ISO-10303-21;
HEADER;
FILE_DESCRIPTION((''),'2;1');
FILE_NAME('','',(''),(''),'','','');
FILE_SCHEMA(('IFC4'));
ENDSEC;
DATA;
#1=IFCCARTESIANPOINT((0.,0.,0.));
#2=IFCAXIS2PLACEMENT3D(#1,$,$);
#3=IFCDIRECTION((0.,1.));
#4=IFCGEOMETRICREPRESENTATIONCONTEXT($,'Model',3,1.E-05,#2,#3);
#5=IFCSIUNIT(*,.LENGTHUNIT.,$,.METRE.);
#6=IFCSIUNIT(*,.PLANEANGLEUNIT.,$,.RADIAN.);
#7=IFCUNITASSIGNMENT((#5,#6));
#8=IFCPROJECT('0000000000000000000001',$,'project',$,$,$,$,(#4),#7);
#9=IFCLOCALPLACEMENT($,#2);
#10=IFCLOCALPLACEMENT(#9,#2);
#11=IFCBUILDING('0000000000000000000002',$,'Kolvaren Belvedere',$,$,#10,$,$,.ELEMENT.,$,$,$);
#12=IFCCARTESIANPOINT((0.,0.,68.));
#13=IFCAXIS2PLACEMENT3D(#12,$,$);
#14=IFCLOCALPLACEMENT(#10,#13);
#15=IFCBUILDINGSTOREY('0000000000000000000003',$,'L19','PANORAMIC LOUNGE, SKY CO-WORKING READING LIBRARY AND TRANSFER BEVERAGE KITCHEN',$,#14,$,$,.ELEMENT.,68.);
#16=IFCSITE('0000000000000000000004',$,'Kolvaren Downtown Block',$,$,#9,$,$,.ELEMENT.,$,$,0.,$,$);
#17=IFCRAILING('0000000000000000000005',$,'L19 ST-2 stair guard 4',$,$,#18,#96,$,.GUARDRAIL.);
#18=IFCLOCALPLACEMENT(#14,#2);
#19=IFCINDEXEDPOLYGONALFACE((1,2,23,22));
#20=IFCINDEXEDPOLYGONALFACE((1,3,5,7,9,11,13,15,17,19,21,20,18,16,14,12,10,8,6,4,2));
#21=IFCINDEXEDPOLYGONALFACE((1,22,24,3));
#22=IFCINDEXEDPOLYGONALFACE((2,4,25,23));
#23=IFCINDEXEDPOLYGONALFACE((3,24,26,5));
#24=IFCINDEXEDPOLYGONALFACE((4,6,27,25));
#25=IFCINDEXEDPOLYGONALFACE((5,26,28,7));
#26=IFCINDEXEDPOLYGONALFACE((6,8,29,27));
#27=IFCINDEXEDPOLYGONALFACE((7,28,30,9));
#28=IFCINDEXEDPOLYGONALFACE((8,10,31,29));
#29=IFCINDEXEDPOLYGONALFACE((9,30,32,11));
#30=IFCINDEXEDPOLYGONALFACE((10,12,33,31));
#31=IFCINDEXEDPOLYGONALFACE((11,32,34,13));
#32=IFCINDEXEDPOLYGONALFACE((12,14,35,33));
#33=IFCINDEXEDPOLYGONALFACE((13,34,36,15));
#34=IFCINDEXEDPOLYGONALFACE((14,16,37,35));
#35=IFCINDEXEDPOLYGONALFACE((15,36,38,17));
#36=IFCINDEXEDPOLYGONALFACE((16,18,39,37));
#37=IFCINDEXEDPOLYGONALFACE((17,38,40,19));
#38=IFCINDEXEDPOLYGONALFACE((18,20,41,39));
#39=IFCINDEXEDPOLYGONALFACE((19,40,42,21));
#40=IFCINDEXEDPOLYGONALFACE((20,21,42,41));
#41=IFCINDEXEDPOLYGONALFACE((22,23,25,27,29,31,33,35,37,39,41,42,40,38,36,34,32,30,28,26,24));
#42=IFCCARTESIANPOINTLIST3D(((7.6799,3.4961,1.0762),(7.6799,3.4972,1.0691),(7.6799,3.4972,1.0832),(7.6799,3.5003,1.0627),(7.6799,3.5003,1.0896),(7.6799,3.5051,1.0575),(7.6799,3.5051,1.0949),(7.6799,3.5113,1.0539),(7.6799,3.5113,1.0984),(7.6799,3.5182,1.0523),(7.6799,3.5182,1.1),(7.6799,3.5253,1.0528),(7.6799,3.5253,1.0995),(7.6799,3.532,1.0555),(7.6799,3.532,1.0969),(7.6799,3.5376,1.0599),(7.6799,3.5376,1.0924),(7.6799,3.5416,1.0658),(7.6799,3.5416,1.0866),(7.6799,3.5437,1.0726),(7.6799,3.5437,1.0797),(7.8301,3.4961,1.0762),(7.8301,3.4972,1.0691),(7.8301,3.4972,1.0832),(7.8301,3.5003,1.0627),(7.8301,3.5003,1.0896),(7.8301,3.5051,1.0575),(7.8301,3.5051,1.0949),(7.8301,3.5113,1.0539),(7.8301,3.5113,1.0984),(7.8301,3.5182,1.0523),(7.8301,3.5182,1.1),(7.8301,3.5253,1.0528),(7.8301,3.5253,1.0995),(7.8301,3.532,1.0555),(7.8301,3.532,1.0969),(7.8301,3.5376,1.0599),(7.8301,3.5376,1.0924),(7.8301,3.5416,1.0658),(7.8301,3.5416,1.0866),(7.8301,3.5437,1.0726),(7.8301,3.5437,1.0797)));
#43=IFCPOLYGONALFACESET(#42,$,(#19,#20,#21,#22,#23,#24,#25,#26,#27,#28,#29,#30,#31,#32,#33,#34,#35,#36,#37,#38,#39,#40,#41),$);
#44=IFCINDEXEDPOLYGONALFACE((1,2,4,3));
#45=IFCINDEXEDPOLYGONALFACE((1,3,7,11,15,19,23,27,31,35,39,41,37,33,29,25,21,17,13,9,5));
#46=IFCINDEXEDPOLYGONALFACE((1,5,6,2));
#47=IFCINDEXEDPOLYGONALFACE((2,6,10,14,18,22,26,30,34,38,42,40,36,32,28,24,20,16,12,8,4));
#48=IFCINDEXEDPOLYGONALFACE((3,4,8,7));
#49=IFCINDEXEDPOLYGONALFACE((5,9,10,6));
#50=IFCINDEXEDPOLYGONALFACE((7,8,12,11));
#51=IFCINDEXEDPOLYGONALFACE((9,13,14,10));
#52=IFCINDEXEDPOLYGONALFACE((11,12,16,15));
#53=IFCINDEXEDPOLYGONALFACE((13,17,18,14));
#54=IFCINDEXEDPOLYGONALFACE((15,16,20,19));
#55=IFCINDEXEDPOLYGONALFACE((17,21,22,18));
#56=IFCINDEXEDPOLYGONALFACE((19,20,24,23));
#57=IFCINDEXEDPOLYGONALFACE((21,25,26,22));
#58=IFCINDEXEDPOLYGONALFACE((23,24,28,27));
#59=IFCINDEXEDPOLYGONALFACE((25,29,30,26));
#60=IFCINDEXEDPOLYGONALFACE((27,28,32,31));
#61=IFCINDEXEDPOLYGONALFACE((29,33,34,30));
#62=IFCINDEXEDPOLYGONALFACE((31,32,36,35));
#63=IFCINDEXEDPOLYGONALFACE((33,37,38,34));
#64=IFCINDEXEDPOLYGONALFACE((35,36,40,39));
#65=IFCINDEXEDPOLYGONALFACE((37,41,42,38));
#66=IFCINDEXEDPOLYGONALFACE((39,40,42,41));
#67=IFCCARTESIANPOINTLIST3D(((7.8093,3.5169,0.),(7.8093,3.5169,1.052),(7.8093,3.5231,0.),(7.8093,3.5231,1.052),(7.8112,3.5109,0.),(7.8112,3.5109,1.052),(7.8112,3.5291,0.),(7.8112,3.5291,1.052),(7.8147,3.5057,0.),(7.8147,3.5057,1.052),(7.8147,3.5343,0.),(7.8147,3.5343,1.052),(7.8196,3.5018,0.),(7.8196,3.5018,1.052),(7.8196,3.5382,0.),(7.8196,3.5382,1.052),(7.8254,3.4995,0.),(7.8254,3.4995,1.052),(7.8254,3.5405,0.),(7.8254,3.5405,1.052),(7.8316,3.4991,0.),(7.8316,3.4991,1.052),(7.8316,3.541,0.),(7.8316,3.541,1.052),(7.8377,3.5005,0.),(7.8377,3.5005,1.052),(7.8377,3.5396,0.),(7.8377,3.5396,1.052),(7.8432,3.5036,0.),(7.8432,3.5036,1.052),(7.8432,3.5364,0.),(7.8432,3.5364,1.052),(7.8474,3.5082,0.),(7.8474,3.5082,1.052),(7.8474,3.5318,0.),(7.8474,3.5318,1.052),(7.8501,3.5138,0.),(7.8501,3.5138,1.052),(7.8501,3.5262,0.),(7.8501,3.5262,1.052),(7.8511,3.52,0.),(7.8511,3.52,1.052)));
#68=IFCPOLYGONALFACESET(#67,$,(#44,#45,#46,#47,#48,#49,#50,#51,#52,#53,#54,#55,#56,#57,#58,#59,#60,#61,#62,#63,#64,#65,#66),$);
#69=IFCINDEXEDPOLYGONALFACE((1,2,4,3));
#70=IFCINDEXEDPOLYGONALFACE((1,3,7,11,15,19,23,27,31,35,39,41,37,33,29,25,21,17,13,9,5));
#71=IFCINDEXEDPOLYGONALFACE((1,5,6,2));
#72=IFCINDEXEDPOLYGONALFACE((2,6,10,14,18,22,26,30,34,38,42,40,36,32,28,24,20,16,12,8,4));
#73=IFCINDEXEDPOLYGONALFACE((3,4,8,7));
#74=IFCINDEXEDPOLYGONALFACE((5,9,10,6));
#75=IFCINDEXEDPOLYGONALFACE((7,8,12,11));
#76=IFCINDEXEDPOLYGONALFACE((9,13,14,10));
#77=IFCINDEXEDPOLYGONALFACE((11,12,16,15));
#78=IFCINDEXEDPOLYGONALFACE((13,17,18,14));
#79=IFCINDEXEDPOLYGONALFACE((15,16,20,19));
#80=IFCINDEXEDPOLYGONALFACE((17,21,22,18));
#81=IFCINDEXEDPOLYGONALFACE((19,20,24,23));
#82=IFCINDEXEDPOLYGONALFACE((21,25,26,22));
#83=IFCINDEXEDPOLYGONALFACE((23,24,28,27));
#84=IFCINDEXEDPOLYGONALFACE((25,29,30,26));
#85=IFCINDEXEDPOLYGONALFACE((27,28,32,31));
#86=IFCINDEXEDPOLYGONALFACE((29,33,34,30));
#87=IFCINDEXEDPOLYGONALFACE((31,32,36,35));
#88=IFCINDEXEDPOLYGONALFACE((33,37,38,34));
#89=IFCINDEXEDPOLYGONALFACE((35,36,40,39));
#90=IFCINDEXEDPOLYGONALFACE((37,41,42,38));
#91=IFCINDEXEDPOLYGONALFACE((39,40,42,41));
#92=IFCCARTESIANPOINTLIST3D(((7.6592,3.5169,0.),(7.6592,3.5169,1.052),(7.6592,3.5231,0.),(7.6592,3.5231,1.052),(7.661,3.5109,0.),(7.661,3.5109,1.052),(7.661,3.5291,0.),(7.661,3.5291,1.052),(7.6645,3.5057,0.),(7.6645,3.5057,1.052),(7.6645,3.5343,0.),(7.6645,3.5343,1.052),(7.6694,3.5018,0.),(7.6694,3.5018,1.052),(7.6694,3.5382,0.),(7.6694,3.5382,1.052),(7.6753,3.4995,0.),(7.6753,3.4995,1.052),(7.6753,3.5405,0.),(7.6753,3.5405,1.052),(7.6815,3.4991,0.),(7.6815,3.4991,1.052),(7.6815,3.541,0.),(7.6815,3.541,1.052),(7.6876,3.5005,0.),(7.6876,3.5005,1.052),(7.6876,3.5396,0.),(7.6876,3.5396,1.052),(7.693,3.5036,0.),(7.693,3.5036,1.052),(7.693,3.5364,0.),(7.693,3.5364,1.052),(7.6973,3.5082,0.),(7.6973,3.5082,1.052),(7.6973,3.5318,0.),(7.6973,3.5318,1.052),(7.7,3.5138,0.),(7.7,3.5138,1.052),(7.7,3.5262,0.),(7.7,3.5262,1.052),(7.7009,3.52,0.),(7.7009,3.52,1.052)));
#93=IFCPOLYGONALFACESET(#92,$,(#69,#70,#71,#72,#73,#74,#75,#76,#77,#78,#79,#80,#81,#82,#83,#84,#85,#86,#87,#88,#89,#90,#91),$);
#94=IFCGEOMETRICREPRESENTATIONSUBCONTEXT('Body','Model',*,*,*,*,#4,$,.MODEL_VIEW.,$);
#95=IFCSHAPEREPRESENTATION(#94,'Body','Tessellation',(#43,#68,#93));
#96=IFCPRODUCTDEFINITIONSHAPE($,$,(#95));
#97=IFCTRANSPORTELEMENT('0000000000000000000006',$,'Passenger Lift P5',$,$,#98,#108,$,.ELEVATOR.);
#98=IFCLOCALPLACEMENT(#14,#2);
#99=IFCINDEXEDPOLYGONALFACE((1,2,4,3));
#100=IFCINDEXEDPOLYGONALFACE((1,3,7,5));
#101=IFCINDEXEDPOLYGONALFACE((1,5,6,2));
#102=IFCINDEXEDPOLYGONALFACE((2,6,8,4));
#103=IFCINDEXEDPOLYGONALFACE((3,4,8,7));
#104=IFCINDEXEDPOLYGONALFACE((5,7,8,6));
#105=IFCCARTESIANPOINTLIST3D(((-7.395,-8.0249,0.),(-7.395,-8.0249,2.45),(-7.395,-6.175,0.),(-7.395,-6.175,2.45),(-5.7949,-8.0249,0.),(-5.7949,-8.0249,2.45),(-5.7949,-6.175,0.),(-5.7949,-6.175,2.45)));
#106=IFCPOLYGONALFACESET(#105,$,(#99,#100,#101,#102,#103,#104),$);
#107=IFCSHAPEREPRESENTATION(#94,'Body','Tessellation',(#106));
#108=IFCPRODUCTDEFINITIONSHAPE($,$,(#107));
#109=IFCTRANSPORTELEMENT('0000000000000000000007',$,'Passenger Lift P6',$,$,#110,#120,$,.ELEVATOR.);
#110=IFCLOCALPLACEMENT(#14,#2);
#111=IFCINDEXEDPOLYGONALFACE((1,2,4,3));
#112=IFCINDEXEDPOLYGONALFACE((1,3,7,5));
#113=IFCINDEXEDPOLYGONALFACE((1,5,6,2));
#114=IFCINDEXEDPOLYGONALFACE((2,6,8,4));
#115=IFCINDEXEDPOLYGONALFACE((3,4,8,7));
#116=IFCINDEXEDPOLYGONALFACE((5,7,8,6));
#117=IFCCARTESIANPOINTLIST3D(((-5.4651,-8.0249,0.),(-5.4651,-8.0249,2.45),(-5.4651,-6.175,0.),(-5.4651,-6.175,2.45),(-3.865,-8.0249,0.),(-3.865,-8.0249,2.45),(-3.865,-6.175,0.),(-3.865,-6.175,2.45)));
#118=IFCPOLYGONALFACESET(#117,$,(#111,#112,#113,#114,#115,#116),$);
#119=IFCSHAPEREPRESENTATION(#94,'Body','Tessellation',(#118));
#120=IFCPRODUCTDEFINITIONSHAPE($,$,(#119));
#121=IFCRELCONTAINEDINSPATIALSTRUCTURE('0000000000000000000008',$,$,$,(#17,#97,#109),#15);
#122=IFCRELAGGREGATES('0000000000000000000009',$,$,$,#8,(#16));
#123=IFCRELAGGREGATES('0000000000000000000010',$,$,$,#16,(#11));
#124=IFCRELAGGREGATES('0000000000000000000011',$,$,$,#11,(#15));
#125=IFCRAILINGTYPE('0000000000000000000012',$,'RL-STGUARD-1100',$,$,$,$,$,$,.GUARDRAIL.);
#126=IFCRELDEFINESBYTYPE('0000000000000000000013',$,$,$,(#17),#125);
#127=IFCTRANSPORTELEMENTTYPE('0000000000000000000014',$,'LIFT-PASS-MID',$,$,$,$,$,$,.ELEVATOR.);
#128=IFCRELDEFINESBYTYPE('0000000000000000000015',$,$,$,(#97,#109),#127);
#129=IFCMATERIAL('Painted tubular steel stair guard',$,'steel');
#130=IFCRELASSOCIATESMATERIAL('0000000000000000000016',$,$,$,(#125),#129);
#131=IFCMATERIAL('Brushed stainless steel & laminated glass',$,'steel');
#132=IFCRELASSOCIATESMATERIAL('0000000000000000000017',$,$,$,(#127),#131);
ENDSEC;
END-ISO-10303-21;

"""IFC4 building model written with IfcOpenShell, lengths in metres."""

from ifc_helpers import new_model, si_unit, direction, frame, origin, origin_2d, place, context, subcontext, project, spatial, polyline, circle, outline, extrude, material, type_object, element, save


model = new_model("IFC4")

# Units and contexts
model_context = context("Model", 3, precision=1e-05, world=origin(), true_north=direction((0.0, 1.0)))
body_context = subcontext(model_context, "Body", "Model", "MODEL_VIEW")
ifc_project = project(units=[si_unit("LENGTHUNIT", "METRE"), si_unit("PLANEANGLEUNIT", "RADIAN")], contexts=[model_context])

# Site, building, storey
site_placement = place(None, origin())
site = spatial("IfcSite", under=ifc_project, at=site_placement, Name="Kolvaren Downtown Block", CompositionType="ELEMENT", RefElevation=0.0)
building_placement = place(site_placement, origin())
building = spatial("IfcBuilding", under=site, at=building_placement, Name="Kolvaren Belvedere", CompositionType="ELEMENT")
storey_placement = place(building_placement, frame((0.0, 0.0, 68.0)))
storey = spatial("IfcBuildingStorey", under=building, at=storey_placement, Name="L19", Description="PANORAMIC LOUNGE, SKY CO-WORKING READING LIBRARY AND TRANSFER BEVERAGE KITCHEN", CompositionType="ELEMENT", Elevation=68.0)

# Railing
ifc_material_1 = material(Name="Painted tubular steel stair guard", Category="steel")
railing_type_1 = type_object("IfcRailingType", Name="RL-STGUARD-1100", PredefinedType="GUARDRAIL", material=ifc_material_1)
railing_1_placement = place(storey_placement, frame((7.8301, 3.52, 0.0)))
element("IfcRailing", 1, at=railing_1_placement, inside=storey, type_object=railing_type_1, Name="L19 ST-2 stair guard 4", PredefinedType="GUARDRAIL", context=body_context, shape_type="SweptSolid", body=[
    extrude(circle(Radius=0.0239, at=origin_2d()), frame((0.0, 0.0, 1.0762), z_axis=(-1.0, 0.0, 0.0), x_axis=(0.0, -1.0, 0.0)), (0.0, 0.0, 1.0), 0.1501),
    extrude(circle(Radius=0.021, at=origin_2d()), origin(), (0.0, 0.0, 1.0), 1.052),
    extrude(circle(Radius=0.021, at=origin_2d()), frame((-0.1501, 0.0, 0.0)), (0.0, 0.0, 1.0), 1.052),
])

# Transport elements
ifc_material_2 = material(Name="Brushed stainless steel & laminated glass", Category="steel")
transport_element_type = type_object("IfcTransportElementType", Name="LIFT-PASS-MID", PredefinedType="ELEVATOR", material=ifc_material_2)
transport_element_1_placement = place(storey_placement, origin())
element("IfcTransportElement", 2, at=transport_element_1_placement, inside=storey, type_object=transport_element_type, Name="Passenger Lift P5", PredefinedType="ELEVATOR", context=body_context, shape_type="SweptSolid", body=[
    extrude(outline(polyline([(-7.395, -8.0249), (-5.7949, -8.0249), (-5.7949, -6.175), (-7.395, -6.175), (-7.395, -8.0249)])), origin(), (0.0, 0.0, 1.0), 2.45),
])
transport_element_2_placement = place(storey_placement, origin())
element("IfcTransportElement", 3, at=transport_element_2_placement, inside=storey, type_object=transport_element_type, Name="Passenger Lift P6", PredefinedType="ELEVATOR", context=body_context, shape_type="SweptSolid", body=[
    extrude(outline(polyline([(-5.4651, -8.0249), (-3.865, -8.0249), (-3.865, -6.175), (-5.4651, -6.175), (-5.4651, -8.0249)])), origin(), (0.0, 0.0, 1.0), 2.45),
])

save(model, "model.ifc")
